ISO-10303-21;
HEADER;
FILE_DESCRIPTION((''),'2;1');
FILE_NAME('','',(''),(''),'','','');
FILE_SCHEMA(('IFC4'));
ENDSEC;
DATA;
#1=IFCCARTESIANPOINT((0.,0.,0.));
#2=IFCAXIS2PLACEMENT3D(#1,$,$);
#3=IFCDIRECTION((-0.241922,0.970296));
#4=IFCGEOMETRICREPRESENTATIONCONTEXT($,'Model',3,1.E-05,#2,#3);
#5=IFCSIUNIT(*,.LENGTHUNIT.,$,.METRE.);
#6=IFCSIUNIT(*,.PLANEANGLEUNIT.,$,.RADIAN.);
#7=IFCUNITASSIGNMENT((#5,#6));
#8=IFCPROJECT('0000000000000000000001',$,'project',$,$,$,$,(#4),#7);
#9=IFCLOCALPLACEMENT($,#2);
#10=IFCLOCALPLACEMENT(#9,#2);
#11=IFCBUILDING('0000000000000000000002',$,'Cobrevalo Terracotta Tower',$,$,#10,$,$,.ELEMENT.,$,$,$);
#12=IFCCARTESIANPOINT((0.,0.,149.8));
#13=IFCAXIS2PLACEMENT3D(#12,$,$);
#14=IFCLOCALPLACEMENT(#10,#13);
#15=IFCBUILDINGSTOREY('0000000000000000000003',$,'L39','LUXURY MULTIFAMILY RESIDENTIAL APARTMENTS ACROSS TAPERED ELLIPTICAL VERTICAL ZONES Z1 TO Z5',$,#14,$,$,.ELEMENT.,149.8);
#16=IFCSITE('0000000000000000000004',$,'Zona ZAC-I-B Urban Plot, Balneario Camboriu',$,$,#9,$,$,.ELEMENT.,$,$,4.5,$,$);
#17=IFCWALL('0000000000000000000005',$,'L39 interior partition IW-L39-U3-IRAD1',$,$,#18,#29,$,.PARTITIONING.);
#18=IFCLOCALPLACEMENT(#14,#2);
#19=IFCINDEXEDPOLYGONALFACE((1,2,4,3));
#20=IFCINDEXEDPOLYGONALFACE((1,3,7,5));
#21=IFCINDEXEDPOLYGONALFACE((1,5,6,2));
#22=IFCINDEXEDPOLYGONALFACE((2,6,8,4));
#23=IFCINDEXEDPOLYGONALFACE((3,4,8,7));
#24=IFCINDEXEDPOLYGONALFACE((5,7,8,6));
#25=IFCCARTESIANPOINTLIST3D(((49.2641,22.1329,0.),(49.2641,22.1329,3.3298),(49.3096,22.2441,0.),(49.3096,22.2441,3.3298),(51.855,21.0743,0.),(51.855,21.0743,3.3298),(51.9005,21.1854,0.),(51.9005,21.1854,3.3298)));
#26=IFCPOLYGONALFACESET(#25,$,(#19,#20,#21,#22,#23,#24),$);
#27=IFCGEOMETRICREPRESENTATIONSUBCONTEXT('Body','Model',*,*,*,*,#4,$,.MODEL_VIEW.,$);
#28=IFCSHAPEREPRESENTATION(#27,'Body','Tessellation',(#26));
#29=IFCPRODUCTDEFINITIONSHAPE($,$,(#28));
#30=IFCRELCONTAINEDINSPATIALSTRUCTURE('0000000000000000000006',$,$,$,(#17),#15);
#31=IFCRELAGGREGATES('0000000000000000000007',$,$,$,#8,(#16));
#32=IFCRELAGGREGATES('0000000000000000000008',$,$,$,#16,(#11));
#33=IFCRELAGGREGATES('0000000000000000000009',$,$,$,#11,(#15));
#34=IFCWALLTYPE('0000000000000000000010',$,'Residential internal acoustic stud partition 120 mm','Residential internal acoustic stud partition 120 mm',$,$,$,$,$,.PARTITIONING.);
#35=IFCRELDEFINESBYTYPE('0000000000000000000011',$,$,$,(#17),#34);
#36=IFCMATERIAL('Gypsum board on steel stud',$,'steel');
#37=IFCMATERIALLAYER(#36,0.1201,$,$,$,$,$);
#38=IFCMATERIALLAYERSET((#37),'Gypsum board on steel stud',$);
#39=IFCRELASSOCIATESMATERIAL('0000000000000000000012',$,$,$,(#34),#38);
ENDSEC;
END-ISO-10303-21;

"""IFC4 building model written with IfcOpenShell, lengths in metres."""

from ifc_helpers import new_model, si_unit, direction, frame, frame_2d, origin, place, context, subcontext, project, spatial, rectangle, extrude, material, layer, layer_set, type_object, element, save


model = new_model("IFC4")

# Units and contexts
model_context = context("Model", 3, precision=1e-05, world=origin(), true_north=direction((-0.241922, 0.970296)))
body_context = subcontext(model_context, "Body", "Model", "MODEL_VIEW")
ifc_project = project(units=[si_unit("LENGTHUNIT", "METRE"), si_unit("PLANEANGLEUNIT", "RADIAN")], contexts=[model_context])

# Site, building, storey
site_placement = place(None, origin())
site = spatial("IfcSite", under=ifc_project, at=site_placement, Name="Zona ZAC-I-B Urban Plot, Balneario Camboriu", CompositionType="ELEMENT", RefElevation=4.5)
building_placement = place(site_placement, origin())
building = spatial("IfcBuilding", under=site, at=building_placement, Name="Cobrevalo Terracotta Tower", CompositionType="ELEMENT")
storey_placement = place(building_placement, frame((0.0, 0.0, 149.8)))
storey = spatial("IfcBuildingStorey", under=building, at=storey_placement, Name="L39", Description="LUXURY MULTIFAMILY RESIDENTIAL APARTMENTS ACROSS TAPERED ELLIPTICAL VERTICAL ZONES Z1 TO Z5", CompositionType="ELEMENT", Elevation=149.8)

# Shared definitions
ifc_material_1 = material(Name="Gypsum board on steel stud", Category="steel")

# Wall
ifc_layer_1 = layer(ifc_material_1, 0.1201)
ifc_layer_set_1 = layer_set([ifc_layer_1], Name="Gypsum board on steel stud")
wall_type_1 = type_object("IfcWallType", Name="Residential internal acoustic stud partition 120 mm", Description="Residential internal acoustic stud partition 120 mm", PredefinedType="PARTITIONING", material=ifc_layer_set_1)
wall_1_placement = place(storey_placement, frame((49.2869, 22.1885, 0.0), z_axis=(0.0, 0.0, 1.0), x_axis=(0.925708, -0.378239, 0.0)))
element("IfcWall", 1, at=wall_1_placement, inside=storey, type_object=wall_type_1, Name="L39 interior partition IW-L39-U3-IRAD1", PredefinedType="PARTITIONING", context=body_context, shape_type="SweptSolid", body=[
    extrude(rectangle(XDim=2.7988, YDim=0.1201, at=frame_2d((1.3994, 0.0))), origin(), (0.0, 0.0, 1.0), 3.3298),
])

save(model, "model.ifc")
